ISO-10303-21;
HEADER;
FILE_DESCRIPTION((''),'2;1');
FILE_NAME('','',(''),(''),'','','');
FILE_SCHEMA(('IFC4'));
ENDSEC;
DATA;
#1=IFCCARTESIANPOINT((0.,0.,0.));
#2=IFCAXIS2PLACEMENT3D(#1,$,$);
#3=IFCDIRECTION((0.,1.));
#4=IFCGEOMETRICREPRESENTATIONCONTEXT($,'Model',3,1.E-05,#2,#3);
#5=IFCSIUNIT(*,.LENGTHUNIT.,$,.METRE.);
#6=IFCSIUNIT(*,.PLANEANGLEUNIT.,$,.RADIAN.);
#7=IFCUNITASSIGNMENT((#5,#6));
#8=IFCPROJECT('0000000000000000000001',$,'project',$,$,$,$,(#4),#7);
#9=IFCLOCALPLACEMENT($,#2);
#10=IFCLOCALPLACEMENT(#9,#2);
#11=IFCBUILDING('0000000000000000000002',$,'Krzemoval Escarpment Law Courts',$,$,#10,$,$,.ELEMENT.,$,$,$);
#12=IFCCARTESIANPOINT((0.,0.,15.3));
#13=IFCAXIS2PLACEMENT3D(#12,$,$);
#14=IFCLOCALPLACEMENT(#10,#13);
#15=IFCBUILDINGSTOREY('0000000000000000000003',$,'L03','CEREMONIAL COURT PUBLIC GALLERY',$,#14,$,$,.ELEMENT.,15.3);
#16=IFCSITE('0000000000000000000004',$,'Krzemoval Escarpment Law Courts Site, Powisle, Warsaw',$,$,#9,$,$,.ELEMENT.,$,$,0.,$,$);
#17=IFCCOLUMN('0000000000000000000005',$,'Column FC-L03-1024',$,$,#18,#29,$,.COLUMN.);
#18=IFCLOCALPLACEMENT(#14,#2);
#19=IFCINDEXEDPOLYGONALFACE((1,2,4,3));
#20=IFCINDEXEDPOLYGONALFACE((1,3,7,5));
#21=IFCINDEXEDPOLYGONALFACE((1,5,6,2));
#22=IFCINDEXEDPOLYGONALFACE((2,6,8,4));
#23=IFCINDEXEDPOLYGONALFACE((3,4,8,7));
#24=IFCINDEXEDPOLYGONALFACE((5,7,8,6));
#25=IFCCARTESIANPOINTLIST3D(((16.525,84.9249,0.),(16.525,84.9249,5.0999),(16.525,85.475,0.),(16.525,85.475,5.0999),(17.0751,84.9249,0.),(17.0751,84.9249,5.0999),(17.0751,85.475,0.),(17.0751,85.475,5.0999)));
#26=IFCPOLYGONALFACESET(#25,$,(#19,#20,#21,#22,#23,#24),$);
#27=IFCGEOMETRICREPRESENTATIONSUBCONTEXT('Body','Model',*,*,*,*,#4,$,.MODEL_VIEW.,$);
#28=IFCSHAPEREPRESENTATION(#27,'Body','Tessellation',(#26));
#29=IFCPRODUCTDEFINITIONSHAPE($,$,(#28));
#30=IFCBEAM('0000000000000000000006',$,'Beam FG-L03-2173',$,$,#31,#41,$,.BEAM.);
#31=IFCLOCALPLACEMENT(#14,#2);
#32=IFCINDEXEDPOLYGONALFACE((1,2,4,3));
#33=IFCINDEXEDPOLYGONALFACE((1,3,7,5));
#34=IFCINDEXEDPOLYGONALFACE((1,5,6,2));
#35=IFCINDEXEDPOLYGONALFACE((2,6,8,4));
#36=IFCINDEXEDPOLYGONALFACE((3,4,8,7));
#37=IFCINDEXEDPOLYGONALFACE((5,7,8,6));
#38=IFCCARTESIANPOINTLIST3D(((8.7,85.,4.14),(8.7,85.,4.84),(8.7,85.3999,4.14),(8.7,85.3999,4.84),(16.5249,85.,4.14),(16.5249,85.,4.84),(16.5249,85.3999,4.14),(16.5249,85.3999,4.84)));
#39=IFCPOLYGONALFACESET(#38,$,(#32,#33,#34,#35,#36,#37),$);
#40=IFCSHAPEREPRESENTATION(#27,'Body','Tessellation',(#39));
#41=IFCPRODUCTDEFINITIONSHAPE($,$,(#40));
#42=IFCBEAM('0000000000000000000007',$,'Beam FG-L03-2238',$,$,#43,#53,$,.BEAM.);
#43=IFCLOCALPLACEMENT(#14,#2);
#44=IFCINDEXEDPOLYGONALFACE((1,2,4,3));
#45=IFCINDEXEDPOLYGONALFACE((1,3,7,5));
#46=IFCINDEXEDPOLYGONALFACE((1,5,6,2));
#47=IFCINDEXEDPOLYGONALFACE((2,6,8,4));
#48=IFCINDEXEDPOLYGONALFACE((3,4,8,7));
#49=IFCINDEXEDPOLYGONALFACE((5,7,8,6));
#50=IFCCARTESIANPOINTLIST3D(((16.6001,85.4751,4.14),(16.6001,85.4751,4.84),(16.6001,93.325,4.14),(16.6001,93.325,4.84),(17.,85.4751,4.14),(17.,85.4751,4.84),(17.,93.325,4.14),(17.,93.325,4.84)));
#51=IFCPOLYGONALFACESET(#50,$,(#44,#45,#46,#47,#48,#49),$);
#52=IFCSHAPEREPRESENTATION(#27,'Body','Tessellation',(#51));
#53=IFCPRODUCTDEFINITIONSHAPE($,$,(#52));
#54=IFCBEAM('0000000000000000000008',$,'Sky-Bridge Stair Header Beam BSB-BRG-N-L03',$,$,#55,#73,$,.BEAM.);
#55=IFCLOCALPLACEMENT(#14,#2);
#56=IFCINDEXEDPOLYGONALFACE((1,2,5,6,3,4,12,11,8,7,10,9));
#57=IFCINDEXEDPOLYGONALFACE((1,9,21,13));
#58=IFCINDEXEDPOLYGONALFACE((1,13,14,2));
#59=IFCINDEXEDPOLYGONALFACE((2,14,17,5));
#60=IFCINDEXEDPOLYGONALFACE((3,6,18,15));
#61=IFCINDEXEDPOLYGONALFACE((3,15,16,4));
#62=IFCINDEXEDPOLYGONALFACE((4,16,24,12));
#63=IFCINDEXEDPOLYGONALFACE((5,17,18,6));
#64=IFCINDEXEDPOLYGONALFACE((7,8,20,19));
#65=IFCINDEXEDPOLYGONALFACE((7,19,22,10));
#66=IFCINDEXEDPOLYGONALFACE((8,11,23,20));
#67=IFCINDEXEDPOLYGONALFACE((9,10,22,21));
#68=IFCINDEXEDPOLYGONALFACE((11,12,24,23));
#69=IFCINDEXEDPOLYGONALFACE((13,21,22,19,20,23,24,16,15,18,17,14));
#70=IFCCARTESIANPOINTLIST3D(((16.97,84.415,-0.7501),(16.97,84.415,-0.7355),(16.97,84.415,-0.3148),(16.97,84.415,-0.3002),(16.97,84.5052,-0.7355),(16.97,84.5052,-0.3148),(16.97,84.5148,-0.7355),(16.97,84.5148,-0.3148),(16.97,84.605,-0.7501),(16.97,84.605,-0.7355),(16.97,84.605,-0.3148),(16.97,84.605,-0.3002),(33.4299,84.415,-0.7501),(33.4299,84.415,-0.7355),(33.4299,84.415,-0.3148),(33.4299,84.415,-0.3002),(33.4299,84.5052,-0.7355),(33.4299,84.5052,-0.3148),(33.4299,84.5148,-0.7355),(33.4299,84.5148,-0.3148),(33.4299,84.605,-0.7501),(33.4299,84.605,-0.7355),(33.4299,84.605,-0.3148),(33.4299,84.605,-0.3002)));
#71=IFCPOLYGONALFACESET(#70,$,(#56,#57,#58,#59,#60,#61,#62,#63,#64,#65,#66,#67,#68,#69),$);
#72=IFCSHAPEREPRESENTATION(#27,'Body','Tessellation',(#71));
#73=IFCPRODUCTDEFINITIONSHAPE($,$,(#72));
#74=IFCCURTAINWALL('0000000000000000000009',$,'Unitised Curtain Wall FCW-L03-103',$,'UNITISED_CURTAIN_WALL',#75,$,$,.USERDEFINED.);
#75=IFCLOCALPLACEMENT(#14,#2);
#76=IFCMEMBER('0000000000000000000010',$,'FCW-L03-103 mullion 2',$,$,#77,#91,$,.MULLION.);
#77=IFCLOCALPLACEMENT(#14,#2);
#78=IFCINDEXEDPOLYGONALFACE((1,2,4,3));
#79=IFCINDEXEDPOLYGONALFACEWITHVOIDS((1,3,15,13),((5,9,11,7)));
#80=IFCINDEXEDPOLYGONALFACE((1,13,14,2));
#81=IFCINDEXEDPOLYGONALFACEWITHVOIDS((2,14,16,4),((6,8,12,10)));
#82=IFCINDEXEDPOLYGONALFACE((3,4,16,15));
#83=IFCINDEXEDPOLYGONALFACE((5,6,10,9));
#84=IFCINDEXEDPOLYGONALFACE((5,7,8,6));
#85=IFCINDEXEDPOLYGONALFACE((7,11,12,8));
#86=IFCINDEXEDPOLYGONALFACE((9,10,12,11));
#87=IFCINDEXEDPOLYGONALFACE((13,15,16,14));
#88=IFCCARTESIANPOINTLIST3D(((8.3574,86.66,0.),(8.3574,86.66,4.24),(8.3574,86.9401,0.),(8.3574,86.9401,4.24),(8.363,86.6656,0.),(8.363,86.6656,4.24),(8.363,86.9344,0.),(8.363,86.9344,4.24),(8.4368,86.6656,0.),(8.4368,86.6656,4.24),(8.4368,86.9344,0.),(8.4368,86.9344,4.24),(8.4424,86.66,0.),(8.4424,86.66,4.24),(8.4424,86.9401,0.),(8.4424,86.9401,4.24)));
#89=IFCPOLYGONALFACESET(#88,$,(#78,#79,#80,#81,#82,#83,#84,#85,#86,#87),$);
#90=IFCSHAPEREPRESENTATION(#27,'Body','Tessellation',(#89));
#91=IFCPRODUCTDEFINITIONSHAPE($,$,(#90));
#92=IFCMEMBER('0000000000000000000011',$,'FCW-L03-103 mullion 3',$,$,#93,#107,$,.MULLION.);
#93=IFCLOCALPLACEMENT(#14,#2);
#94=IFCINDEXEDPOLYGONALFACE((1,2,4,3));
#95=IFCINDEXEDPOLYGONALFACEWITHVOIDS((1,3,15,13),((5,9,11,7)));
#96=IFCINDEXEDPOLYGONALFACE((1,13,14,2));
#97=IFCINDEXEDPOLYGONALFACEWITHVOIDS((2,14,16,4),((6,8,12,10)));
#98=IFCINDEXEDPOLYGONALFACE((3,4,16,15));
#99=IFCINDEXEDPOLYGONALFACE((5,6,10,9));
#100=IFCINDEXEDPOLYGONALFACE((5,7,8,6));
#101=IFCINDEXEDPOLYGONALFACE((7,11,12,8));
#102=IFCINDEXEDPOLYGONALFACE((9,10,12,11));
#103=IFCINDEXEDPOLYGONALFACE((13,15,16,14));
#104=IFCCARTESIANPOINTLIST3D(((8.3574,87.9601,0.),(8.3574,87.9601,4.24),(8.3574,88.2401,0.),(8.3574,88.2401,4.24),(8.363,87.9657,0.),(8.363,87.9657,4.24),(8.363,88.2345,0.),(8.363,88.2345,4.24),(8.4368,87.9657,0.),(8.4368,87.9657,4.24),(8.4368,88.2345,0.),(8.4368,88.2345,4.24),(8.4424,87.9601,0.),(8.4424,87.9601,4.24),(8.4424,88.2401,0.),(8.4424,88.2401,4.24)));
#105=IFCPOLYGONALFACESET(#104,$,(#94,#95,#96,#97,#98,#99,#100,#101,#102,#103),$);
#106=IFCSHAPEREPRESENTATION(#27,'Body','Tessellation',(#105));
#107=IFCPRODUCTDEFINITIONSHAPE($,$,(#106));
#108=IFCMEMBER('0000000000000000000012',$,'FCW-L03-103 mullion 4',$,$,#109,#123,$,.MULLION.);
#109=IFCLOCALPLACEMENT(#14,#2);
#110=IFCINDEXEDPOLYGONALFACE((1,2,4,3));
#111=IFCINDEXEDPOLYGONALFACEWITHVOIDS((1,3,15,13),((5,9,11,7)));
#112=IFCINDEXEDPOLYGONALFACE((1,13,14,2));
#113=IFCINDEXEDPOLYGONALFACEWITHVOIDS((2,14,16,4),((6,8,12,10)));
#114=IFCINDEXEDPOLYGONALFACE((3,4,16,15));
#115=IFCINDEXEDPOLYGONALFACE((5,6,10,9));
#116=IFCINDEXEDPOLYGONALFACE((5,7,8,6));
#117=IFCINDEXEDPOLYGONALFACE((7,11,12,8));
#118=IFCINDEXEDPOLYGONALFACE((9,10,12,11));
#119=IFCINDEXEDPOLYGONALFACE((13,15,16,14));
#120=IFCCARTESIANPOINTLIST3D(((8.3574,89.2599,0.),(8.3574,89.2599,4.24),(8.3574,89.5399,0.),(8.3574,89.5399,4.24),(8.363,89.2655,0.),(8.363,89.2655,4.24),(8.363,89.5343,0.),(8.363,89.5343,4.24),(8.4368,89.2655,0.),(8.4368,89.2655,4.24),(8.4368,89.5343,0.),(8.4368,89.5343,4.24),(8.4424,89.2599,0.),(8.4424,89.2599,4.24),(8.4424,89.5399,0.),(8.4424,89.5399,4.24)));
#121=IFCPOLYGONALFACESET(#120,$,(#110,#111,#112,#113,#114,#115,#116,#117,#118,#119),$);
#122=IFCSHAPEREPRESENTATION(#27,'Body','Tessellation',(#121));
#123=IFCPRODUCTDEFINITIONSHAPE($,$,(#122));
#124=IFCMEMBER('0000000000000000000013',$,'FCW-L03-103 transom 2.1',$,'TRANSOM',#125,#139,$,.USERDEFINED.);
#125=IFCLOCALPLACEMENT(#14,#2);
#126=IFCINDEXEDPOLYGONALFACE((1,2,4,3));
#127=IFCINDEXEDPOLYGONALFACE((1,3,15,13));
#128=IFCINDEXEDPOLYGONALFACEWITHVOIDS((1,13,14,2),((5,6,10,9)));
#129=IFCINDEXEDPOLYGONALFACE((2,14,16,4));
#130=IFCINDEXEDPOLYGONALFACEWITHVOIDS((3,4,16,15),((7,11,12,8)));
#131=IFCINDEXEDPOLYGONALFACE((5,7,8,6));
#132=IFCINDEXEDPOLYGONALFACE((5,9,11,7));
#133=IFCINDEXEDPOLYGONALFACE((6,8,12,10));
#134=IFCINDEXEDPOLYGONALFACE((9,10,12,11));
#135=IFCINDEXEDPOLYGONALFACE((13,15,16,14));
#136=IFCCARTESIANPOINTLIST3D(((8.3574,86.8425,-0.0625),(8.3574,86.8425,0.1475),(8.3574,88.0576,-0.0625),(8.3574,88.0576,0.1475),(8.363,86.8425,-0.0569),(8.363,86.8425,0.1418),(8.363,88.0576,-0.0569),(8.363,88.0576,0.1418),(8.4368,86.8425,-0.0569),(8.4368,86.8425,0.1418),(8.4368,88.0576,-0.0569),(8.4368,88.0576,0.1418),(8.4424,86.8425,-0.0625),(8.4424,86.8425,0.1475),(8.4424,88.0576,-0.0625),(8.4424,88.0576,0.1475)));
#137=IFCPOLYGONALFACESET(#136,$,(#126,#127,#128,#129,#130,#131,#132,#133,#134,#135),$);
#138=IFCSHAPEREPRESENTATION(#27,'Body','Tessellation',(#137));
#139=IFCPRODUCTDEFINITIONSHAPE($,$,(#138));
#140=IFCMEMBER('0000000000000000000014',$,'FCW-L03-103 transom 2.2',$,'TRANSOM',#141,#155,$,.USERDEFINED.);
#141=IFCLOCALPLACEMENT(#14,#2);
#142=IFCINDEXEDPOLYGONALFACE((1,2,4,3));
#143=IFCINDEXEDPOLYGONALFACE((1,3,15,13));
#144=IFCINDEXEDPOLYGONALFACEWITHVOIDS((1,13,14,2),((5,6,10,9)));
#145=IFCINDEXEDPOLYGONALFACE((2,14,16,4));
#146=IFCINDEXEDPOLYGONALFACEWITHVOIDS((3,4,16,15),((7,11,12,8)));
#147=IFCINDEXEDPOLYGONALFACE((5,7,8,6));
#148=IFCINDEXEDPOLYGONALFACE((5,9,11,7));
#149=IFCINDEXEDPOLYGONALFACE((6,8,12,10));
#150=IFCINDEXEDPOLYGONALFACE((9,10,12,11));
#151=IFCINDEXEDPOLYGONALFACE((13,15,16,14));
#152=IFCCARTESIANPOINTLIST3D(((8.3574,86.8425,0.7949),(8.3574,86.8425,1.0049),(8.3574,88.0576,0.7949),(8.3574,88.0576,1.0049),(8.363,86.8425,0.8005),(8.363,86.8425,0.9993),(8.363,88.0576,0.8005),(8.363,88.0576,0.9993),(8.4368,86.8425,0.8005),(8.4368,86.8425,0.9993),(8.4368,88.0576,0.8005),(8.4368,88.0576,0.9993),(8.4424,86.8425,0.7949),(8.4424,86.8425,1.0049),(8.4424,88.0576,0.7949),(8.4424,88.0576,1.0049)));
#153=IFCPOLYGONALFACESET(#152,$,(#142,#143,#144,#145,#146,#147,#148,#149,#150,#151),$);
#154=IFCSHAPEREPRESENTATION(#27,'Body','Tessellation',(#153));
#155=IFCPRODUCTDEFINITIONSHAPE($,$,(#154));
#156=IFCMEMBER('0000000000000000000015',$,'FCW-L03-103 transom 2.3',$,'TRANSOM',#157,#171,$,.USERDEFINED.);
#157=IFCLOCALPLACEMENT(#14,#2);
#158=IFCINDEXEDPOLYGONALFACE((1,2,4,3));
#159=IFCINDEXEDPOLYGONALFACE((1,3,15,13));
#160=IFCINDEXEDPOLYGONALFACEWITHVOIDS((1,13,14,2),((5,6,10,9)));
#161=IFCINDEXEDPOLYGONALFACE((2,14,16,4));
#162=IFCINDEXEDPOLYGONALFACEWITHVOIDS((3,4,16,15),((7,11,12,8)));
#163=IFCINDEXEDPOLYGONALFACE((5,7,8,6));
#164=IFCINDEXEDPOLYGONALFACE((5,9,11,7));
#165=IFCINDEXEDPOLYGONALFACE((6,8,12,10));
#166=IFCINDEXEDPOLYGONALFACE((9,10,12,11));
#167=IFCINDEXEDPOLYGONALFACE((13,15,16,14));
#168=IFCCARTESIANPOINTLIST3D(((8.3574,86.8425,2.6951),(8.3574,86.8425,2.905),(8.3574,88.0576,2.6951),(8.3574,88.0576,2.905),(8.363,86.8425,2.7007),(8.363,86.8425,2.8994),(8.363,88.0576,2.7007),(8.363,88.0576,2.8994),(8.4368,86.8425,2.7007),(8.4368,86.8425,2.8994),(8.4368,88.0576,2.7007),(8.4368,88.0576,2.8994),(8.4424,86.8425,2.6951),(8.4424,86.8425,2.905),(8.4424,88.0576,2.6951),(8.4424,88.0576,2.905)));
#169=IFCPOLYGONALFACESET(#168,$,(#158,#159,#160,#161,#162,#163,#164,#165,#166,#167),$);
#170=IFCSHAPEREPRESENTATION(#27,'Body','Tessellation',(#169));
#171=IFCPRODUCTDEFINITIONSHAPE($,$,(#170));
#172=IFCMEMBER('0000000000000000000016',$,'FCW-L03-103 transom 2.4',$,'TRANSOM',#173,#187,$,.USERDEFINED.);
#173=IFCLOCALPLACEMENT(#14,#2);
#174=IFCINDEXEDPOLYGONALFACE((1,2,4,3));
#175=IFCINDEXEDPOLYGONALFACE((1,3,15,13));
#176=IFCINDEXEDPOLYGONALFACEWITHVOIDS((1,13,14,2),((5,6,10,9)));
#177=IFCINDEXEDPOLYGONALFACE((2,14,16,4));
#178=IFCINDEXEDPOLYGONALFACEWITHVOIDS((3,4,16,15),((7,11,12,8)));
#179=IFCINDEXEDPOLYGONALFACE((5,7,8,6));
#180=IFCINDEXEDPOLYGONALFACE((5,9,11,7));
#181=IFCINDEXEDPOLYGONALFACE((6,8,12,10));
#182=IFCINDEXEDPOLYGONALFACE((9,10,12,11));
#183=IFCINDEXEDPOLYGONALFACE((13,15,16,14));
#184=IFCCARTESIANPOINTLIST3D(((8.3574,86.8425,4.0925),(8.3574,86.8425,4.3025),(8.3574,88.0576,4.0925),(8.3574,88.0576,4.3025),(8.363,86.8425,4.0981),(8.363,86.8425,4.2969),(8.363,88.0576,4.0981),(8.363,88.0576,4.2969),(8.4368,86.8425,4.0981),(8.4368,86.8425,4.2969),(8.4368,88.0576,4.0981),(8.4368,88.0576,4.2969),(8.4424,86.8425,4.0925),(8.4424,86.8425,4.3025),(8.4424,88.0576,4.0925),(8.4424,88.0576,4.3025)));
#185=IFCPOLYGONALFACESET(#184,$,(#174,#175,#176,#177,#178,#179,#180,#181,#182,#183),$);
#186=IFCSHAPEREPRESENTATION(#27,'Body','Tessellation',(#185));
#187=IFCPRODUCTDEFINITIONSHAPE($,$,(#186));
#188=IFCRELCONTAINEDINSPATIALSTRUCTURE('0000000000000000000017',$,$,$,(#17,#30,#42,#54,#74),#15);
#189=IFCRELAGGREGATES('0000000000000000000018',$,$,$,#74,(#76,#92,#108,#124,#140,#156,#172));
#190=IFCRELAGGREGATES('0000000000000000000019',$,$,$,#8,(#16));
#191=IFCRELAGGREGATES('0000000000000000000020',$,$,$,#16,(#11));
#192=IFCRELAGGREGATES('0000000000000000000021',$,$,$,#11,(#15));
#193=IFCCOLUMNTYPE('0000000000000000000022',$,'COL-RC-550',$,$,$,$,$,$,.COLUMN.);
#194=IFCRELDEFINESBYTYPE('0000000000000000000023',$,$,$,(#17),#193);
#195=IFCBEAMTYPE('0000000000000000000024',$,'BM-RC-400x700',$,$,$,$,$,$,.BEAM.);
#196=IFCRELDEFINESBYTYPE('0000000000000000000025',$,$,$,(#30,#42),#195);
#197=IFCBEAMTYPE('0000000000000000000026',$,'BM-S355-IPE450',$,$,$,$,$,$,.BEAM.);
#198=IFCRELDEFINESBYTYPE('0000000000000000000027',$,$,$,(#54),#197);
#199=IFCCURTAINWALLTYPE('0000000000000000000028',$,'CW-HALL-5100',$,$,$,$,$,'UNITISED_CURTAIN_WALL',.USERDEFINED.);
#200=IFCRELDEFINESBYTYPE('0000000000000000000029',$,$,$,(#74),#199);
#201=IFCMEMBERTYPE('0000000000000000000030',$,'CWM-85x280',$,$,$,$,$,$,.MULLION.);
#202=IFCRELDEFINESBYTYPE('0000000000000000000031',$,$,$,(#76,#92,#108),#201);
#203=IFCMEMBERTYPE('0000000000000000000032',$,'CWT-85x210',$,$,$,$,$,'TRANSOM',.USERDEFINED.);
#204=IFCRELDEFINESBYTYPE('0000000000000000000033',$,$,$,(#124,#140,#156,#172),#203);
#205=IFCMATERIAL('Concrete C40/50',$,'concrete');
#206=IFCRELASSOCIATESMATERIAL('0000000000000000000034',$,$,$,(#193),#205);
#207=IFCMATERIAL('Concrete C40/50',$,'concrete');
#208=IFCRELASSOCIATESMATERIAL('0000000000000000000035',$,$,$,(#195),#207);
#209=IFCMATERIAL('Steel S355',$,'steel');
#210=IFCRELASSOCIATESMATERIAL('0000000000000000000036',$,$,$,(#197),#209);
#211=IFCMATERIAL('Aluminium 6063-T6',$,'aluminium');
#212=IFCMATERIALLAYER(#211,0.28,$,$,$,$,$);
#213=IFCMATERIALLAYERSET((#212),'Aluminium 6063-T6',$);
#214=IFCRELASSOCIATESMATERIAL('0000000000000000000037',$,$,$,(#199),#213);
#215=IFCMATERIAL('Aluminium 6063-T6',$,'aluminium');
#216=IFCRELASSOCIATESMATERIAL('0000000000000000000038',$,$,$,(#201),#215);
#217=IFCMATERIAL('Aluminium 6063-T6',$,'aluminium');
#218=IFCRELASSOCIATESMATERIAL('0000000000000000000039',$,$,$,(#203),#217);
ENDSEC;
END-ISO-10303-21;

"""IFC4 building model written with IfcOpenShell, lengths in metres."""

from ifc_helpers import new_model, si_unit, direction, frame, origin, origin_2d, place, context, subcontext, project, spatial, rectangle, hollow_rectangle, i_section, extrude, material, layer, layer_set, material_profile, profile_set, type_object, element, aggregate, save


model = new_model("IFC4")

# Units and contexts
model_context = context("Model", 3, precision=1e-05, world=origin(), true_north=direction((0.0, 1.0)))
body_context = subcontext(model_context, "Body", "Model", "MODEL_VIEW")
ifc_project = project(units=[si_unit("LENGTHUNIT", "METRE"), si_unit("PLANEANGLEUNIT", "RADIAN")], contexts=[model_context])

# Site, building, storey
site_placement = place(None, origin())
site = spatial("IfcSite", under=ifc_project, at=site_placement, Name="Krzemoval Escarpment Law Courts Site, Powisle, Warsaw", CompositionType="ELEMENT", RefElevation=0.0)
building_placement = place(site_placement, origin())
building = spatial("IfcBuilding", under=site, at=building_placement, Name="Krzemoval Escarpment Law Courts", CompositionType="ELEMENT")
storey_placement = place(building_placement, frame((0.0, 0.0, 15.3)))
storey = spatial("IfcBuildingStorey", under=building, at=storey_placement, Name="L03", Description="CEREMONIAL COURT PUBLIC GALLERY", CompositionType="ELEMENT", Elevation=15.3)

# Column
ifc_material_1 = material(Name="Concrete C40/50", Category="concrete")
ifc_material_profile_1 = material_profile(ifc_material_1, rectangle(XDim=0.55, YDim=0.55, at=origin_2d()), Name="RC 550x550")
ifc_profile_set_1 = profile_set([ifc_material_profile_1], Name="Concrete C40/50")
column_type = type_object("IfcColumnType", Name="COL-RC-550", PredefinedType="COLUMN", material=ifc_profile_set_1)
column_placement = place(storey_placement, frame((16.8, 85.2, 0.0), z_axis=(0.0, 0.0, 1.0), x_axis=(1.0, 0.0, 0.0)))
element("IfcColumn", 1, at=column_placement, inside=storey, type_object=column_type, Name="Column FC-L03-1024", PredefinedType="COLUMN", context=body_context, shape_type="SweptSolid", body=[
    extrude(rectangle(XDim=0.55, YDim=0.55, at=origin_2d()), origin(), (0.0, 0.0, 1.0), 5.0999),
])

# Beams
ifc_material_2 = material(Name="Concrete C40/50", Category="concrete")
ifc_material_profile_2 = material_profile(ifc_material_2, rectangle(XDim=0.3999, YDim=0.7, at=origin_2d()), Name="RCB 400x700")
ifc_profile_set_2 = profile_set([ifc_material_profile_2], Name="Concrete C40/50")
beam_type_1 = type_object("IfcBeamType", Name="BM-RC-400x700", PredefinedType="BEAM", material=ifc_profile_set_2)
beam_1_placement = place(storey_placement, frame((8.7, 85.2, 4.49), z_axis=(1.0, 0.0, 0.0), x_axis=(0.0, 1.0, 0.0)))
element("IfcBeam", 2, at=beam_1_placement, inside=storey, type_object=beam_type_1, Name="Beam FG-L03-2173", PredefinedType="BEAM", context=body_context, shape_type="SweptSolid", body=[
    extrude(rectangle(XDim=0.3999, YDim=0.7, at=origin_2d()), origin(), (0.0, 0.0, 1.0), 7.825),
])
beam_2_placement = place(storey_placement, frame((16.8, 85.4751, 4.49), z_axis=(0.0, 1.0, 0.0), x_axis=(-1.0, 0.0, 0.0)))
element("IfcBeam", 3, at=beam_2_placement, inside=storey, type_object=beam_type_1, Name="Beam FG-L03-2238", PredefinedType="BEAM", context=body_context, shape_type="SweptSolid", body=[
    extrude(rectangle(XDim=0.3999, YDim=0.7, at=origin_2d()), origin(), (0.0, 0.0, 1.0), 7.8499),
])
ifc_material_3 = material(Name="Steel S355", Category="steel")
ifc_material_profile_3 = material_profile(ifc_material_3, i_section(OverallWidth=0.1899, OverallDepth=0.45, WebThickness=0.0095, FlangeThickness=0.0146, at=origin_2d()), Name="IPE 450")
ifc_profile_set_3 = profile_set([ifc_material_profile_3], Name="Steel S355")
beam_type_2 = type_object("IfcBeamType", Name="BM-S355-IPE450", PredefinedType="BEAM", material=ifc_profile_set_3)
beam_3_placement = place(storey_placement, frame((16.97, 84.51, -0.5251), z_axis=(1.0, 0.0, 0.0), x_axis=(0.0, 1.0, 0.0)))
element("IfcBeam", 4, at=beam_3_placement, inside=storey, type_object=beam_type_2, Name="Sky-Bridge Stair Header Beam BSB-BRG-N-L03", PredefinedType="BEAM", context=body_context, shape_type="SweptSolid", body=[
    extrude(i_section(OverallWidth=0.1899, OverallDepth=0.45, WebThickness=0.0095, FlangeThickness=0.0146, at=origin_2d()), origin(), (0.0, 0.0, 1.0), 16.46),
])

# Curtain wall, members
ifc_material_4 = material(Name="Aluminium 6063-T6", Category="aluminium")
ifc_layer_1 = layer(ifc_material_4, 0.28)
ifc_layer_set_1 = layer_set([ifc_layer_1], Name="Aluminium 6063-T6")
curtain_wall_type = type_object("IfcCurtainWallType", Name="CW-HALL-5100", ElementType="UNITISED_CURTAIN_WALL", PredefinedType="USERDEFINED", material=ifc_layer_set_1)
curtain_wall_placement = place(storey_placement, origin())
curtain_wall = element("IfcCurtainWall", 5, at=curtain_wall_placement, inside=storey, type_object=curtain_wall_type, Name="Unitised Curtain Wall FCW-L03-103", ObjectType="UNITISED_CURTAIN_WALL", PredefinedType="USERDEFINED")
ifc_material_5 = material(Name="Aluminium 6063-T6", Category="aluminium")
ifc_material_profile_4 = material_profile(ifc_material_5, hollow_rectangle(XDim=0.085, YDim=0.28, WallThickness=0.0056, at=origin_2d()), Name="ALU M85x280")
ifc_profile_set_4 = profile_set([ifc_material_profile_4], Name="Aluminium 6063-T6")
member_type_1 = type_object("IfcMemberType", Name="CWM-85x280", PredefinedType="MULLION", material=ifc_profile_set_4)
member_1_placement = place(storey_placement, frame((8.3999, 86.8, 0.0), z_axis=(0.0, 0.0, 1.0), x_axis=(-1.0, 0.0, 0.0)))
member_1 = element("IfcMember", 6, at=member_1_placement, type_object=member_type_1, Name="FCW-L03-103 mullion 2", PredefinedType="MULLION", context=body_context, shape_type="SweptSolid", body=[
    extrude(hollow_rectangle(XDim=0.085, YDim=0.28, WallThickness=0.0056, at=origin_2d()), origin(), (0.0, 0.0, 1.0), 4.24),
])
member_2_placement = place(storey_placement, frame((8.3999, 88.1001, 0.0), z_axis=(0.0, 0.0, 1.0), x_axis=(-1.0, 0.0, 0.0)))
member_2 = element("IfcMember", 7, at=member_2_placement, type_object=member_type_1, Name="FCW-L03-103 mullion 3", PredefinedType="MULLION", context=body_context, shape_type="SweptSolid", body=[
    extrude(hollow_rectangle(XDim=0.085, YDim=0.28, WallThickness=0.0056, at=origin_2d()), origin(), (0.0, 0.0, 1.0), 4.24),
])
member_3_placement = place(storey_placement, frame((8.3999, 89.3999, 0.0), z_axis=(0.0, 0.0, 1.0), x_axis=(-1.0, 0.0, 0.0)))
member_3 = element("IfcMember", 8, at=member_3_placement, type_object=member_type_1, Name="FCW-L03-103 mullion 4", PredefinedType="MULLION", context=body_context, shape_type="SweptSolid", body=[
    extrude(hollow_rectangle(XDim=0.085, YDim=0.28, WallThickness=0.0056, at=origin_2d()), origin(), (0.0, 0.0, 1.0), 4.24),
])
ifc_material_6 = material(Name="Aluminium 6063-T6", Category="aluminium")
ifc_material_profile_5 = material_profile(ifc_material_6, hollow_rectangle(XDim=0.085, YDim=0.21, WallThickness=0.0056, at=origin_2d()), Name="ALU T85x210")
ifc_profile_set_5 = profile_set([ifc_material_profile_5], Name="Aluminium 6063-T6")
member_type_2 = type_object("IfcMemberType", Name="CWT-85x210", ElementType="TRANSOM", PredefinedType="USERDEFINED", material=ifc_profile_set_5)
member_4_placement = place(storey_placement, frame((8.3999, 86.8425, 0.0425), z_axis=(0.0, 1.0, 0.0), x_axis=(-1.0, 0.0, 0.0)))
member_4 = element("IfcMember", 9, at=member_4_placement, type_object=member_type_2, Name="FCW-L03-103 transom 2.1", ObjectType="TRANSOM", PredefinedType="USERDEFINED", context=body_context, shape_type="SweptSolid", body=[
    extrude(hollow_rectangle(XDim=0.085, YDim=0.21, WallThickness=0.0056, at=origin_2d()), origin(), (0.0, 0.0, 1.0), 1.2151),
])
member_5_placement = place(storey_placement, frame((8.3999, 86.8425, 0.8999), z_axis=(0.0, 1.0, 0.0), x_axis=(-1.0, 0.0, 0.0)))
member_5 = element("IfcMember", 10, at=member_5_placement, type_object=member_type_2, Name="FCW-L03-103 transom 2.2", ObjectType="TRANSOM", PredefinedType="USERDEFINED", context=body_context, shape_type="SweptSolid", body=[
    extrude(hollow_rectangle(XDim=0.085, YDim=0.21, WallThickness=0.0056, at=origin_2d()), origin(), (0.0, 0.0, 1.0), 1.2151),
])
member_6_placement = place(storey_placement, frame((8.3999, 86.8425, 2.8), z_axis=(0.0, 1.0, 0.0), x_axis=(-1.0, 0.0, 0.0)))
member_6 = element("IfcMember", 11, at=member_6_placement, type_object=member_type_2, Name="FCW-L03-103 transom 2.3", ObjectType="TRANSOM", PredefinedType="USERDEFINED", context=body_context, shape_type="SweptSolid", body=[
    extrude(hollow_rectangle(XDim=0.085, YDim=0.21, WallThickness=0.0056, at=origin_2d()), origin(), (0.0, 0.0, 1.0), 1.2151),
])
member_7_placement = place(storey_placement, frame((8.3999, 86.8425, 4.1975), z_axis=(0.0, 1.0, 0.0), x_axis=(-1.0, 0.0, 0.0)))
member_7 = element("IfcMember", 12, at=member_7_placement, type_object=member_type_2, Name="FCW-L03-103 transom 2.4", ObjectType="TRANSOM", PredefinedType="USERDEFINED", context=body_context, shape_type="SweptSolid", body=[
    extrude(hollow_rectangle(XDim=0.085, YDim=0.21, WallThickness=0.0056, at=origin_2d()), origin(), (0.0, 0.0, 1.0), 1.2151),
])

aggregate(curtain_wall, [member_1, member_2, member_3, member_4, member_5, member_6, member_7])

save(model, "model.ifc")
